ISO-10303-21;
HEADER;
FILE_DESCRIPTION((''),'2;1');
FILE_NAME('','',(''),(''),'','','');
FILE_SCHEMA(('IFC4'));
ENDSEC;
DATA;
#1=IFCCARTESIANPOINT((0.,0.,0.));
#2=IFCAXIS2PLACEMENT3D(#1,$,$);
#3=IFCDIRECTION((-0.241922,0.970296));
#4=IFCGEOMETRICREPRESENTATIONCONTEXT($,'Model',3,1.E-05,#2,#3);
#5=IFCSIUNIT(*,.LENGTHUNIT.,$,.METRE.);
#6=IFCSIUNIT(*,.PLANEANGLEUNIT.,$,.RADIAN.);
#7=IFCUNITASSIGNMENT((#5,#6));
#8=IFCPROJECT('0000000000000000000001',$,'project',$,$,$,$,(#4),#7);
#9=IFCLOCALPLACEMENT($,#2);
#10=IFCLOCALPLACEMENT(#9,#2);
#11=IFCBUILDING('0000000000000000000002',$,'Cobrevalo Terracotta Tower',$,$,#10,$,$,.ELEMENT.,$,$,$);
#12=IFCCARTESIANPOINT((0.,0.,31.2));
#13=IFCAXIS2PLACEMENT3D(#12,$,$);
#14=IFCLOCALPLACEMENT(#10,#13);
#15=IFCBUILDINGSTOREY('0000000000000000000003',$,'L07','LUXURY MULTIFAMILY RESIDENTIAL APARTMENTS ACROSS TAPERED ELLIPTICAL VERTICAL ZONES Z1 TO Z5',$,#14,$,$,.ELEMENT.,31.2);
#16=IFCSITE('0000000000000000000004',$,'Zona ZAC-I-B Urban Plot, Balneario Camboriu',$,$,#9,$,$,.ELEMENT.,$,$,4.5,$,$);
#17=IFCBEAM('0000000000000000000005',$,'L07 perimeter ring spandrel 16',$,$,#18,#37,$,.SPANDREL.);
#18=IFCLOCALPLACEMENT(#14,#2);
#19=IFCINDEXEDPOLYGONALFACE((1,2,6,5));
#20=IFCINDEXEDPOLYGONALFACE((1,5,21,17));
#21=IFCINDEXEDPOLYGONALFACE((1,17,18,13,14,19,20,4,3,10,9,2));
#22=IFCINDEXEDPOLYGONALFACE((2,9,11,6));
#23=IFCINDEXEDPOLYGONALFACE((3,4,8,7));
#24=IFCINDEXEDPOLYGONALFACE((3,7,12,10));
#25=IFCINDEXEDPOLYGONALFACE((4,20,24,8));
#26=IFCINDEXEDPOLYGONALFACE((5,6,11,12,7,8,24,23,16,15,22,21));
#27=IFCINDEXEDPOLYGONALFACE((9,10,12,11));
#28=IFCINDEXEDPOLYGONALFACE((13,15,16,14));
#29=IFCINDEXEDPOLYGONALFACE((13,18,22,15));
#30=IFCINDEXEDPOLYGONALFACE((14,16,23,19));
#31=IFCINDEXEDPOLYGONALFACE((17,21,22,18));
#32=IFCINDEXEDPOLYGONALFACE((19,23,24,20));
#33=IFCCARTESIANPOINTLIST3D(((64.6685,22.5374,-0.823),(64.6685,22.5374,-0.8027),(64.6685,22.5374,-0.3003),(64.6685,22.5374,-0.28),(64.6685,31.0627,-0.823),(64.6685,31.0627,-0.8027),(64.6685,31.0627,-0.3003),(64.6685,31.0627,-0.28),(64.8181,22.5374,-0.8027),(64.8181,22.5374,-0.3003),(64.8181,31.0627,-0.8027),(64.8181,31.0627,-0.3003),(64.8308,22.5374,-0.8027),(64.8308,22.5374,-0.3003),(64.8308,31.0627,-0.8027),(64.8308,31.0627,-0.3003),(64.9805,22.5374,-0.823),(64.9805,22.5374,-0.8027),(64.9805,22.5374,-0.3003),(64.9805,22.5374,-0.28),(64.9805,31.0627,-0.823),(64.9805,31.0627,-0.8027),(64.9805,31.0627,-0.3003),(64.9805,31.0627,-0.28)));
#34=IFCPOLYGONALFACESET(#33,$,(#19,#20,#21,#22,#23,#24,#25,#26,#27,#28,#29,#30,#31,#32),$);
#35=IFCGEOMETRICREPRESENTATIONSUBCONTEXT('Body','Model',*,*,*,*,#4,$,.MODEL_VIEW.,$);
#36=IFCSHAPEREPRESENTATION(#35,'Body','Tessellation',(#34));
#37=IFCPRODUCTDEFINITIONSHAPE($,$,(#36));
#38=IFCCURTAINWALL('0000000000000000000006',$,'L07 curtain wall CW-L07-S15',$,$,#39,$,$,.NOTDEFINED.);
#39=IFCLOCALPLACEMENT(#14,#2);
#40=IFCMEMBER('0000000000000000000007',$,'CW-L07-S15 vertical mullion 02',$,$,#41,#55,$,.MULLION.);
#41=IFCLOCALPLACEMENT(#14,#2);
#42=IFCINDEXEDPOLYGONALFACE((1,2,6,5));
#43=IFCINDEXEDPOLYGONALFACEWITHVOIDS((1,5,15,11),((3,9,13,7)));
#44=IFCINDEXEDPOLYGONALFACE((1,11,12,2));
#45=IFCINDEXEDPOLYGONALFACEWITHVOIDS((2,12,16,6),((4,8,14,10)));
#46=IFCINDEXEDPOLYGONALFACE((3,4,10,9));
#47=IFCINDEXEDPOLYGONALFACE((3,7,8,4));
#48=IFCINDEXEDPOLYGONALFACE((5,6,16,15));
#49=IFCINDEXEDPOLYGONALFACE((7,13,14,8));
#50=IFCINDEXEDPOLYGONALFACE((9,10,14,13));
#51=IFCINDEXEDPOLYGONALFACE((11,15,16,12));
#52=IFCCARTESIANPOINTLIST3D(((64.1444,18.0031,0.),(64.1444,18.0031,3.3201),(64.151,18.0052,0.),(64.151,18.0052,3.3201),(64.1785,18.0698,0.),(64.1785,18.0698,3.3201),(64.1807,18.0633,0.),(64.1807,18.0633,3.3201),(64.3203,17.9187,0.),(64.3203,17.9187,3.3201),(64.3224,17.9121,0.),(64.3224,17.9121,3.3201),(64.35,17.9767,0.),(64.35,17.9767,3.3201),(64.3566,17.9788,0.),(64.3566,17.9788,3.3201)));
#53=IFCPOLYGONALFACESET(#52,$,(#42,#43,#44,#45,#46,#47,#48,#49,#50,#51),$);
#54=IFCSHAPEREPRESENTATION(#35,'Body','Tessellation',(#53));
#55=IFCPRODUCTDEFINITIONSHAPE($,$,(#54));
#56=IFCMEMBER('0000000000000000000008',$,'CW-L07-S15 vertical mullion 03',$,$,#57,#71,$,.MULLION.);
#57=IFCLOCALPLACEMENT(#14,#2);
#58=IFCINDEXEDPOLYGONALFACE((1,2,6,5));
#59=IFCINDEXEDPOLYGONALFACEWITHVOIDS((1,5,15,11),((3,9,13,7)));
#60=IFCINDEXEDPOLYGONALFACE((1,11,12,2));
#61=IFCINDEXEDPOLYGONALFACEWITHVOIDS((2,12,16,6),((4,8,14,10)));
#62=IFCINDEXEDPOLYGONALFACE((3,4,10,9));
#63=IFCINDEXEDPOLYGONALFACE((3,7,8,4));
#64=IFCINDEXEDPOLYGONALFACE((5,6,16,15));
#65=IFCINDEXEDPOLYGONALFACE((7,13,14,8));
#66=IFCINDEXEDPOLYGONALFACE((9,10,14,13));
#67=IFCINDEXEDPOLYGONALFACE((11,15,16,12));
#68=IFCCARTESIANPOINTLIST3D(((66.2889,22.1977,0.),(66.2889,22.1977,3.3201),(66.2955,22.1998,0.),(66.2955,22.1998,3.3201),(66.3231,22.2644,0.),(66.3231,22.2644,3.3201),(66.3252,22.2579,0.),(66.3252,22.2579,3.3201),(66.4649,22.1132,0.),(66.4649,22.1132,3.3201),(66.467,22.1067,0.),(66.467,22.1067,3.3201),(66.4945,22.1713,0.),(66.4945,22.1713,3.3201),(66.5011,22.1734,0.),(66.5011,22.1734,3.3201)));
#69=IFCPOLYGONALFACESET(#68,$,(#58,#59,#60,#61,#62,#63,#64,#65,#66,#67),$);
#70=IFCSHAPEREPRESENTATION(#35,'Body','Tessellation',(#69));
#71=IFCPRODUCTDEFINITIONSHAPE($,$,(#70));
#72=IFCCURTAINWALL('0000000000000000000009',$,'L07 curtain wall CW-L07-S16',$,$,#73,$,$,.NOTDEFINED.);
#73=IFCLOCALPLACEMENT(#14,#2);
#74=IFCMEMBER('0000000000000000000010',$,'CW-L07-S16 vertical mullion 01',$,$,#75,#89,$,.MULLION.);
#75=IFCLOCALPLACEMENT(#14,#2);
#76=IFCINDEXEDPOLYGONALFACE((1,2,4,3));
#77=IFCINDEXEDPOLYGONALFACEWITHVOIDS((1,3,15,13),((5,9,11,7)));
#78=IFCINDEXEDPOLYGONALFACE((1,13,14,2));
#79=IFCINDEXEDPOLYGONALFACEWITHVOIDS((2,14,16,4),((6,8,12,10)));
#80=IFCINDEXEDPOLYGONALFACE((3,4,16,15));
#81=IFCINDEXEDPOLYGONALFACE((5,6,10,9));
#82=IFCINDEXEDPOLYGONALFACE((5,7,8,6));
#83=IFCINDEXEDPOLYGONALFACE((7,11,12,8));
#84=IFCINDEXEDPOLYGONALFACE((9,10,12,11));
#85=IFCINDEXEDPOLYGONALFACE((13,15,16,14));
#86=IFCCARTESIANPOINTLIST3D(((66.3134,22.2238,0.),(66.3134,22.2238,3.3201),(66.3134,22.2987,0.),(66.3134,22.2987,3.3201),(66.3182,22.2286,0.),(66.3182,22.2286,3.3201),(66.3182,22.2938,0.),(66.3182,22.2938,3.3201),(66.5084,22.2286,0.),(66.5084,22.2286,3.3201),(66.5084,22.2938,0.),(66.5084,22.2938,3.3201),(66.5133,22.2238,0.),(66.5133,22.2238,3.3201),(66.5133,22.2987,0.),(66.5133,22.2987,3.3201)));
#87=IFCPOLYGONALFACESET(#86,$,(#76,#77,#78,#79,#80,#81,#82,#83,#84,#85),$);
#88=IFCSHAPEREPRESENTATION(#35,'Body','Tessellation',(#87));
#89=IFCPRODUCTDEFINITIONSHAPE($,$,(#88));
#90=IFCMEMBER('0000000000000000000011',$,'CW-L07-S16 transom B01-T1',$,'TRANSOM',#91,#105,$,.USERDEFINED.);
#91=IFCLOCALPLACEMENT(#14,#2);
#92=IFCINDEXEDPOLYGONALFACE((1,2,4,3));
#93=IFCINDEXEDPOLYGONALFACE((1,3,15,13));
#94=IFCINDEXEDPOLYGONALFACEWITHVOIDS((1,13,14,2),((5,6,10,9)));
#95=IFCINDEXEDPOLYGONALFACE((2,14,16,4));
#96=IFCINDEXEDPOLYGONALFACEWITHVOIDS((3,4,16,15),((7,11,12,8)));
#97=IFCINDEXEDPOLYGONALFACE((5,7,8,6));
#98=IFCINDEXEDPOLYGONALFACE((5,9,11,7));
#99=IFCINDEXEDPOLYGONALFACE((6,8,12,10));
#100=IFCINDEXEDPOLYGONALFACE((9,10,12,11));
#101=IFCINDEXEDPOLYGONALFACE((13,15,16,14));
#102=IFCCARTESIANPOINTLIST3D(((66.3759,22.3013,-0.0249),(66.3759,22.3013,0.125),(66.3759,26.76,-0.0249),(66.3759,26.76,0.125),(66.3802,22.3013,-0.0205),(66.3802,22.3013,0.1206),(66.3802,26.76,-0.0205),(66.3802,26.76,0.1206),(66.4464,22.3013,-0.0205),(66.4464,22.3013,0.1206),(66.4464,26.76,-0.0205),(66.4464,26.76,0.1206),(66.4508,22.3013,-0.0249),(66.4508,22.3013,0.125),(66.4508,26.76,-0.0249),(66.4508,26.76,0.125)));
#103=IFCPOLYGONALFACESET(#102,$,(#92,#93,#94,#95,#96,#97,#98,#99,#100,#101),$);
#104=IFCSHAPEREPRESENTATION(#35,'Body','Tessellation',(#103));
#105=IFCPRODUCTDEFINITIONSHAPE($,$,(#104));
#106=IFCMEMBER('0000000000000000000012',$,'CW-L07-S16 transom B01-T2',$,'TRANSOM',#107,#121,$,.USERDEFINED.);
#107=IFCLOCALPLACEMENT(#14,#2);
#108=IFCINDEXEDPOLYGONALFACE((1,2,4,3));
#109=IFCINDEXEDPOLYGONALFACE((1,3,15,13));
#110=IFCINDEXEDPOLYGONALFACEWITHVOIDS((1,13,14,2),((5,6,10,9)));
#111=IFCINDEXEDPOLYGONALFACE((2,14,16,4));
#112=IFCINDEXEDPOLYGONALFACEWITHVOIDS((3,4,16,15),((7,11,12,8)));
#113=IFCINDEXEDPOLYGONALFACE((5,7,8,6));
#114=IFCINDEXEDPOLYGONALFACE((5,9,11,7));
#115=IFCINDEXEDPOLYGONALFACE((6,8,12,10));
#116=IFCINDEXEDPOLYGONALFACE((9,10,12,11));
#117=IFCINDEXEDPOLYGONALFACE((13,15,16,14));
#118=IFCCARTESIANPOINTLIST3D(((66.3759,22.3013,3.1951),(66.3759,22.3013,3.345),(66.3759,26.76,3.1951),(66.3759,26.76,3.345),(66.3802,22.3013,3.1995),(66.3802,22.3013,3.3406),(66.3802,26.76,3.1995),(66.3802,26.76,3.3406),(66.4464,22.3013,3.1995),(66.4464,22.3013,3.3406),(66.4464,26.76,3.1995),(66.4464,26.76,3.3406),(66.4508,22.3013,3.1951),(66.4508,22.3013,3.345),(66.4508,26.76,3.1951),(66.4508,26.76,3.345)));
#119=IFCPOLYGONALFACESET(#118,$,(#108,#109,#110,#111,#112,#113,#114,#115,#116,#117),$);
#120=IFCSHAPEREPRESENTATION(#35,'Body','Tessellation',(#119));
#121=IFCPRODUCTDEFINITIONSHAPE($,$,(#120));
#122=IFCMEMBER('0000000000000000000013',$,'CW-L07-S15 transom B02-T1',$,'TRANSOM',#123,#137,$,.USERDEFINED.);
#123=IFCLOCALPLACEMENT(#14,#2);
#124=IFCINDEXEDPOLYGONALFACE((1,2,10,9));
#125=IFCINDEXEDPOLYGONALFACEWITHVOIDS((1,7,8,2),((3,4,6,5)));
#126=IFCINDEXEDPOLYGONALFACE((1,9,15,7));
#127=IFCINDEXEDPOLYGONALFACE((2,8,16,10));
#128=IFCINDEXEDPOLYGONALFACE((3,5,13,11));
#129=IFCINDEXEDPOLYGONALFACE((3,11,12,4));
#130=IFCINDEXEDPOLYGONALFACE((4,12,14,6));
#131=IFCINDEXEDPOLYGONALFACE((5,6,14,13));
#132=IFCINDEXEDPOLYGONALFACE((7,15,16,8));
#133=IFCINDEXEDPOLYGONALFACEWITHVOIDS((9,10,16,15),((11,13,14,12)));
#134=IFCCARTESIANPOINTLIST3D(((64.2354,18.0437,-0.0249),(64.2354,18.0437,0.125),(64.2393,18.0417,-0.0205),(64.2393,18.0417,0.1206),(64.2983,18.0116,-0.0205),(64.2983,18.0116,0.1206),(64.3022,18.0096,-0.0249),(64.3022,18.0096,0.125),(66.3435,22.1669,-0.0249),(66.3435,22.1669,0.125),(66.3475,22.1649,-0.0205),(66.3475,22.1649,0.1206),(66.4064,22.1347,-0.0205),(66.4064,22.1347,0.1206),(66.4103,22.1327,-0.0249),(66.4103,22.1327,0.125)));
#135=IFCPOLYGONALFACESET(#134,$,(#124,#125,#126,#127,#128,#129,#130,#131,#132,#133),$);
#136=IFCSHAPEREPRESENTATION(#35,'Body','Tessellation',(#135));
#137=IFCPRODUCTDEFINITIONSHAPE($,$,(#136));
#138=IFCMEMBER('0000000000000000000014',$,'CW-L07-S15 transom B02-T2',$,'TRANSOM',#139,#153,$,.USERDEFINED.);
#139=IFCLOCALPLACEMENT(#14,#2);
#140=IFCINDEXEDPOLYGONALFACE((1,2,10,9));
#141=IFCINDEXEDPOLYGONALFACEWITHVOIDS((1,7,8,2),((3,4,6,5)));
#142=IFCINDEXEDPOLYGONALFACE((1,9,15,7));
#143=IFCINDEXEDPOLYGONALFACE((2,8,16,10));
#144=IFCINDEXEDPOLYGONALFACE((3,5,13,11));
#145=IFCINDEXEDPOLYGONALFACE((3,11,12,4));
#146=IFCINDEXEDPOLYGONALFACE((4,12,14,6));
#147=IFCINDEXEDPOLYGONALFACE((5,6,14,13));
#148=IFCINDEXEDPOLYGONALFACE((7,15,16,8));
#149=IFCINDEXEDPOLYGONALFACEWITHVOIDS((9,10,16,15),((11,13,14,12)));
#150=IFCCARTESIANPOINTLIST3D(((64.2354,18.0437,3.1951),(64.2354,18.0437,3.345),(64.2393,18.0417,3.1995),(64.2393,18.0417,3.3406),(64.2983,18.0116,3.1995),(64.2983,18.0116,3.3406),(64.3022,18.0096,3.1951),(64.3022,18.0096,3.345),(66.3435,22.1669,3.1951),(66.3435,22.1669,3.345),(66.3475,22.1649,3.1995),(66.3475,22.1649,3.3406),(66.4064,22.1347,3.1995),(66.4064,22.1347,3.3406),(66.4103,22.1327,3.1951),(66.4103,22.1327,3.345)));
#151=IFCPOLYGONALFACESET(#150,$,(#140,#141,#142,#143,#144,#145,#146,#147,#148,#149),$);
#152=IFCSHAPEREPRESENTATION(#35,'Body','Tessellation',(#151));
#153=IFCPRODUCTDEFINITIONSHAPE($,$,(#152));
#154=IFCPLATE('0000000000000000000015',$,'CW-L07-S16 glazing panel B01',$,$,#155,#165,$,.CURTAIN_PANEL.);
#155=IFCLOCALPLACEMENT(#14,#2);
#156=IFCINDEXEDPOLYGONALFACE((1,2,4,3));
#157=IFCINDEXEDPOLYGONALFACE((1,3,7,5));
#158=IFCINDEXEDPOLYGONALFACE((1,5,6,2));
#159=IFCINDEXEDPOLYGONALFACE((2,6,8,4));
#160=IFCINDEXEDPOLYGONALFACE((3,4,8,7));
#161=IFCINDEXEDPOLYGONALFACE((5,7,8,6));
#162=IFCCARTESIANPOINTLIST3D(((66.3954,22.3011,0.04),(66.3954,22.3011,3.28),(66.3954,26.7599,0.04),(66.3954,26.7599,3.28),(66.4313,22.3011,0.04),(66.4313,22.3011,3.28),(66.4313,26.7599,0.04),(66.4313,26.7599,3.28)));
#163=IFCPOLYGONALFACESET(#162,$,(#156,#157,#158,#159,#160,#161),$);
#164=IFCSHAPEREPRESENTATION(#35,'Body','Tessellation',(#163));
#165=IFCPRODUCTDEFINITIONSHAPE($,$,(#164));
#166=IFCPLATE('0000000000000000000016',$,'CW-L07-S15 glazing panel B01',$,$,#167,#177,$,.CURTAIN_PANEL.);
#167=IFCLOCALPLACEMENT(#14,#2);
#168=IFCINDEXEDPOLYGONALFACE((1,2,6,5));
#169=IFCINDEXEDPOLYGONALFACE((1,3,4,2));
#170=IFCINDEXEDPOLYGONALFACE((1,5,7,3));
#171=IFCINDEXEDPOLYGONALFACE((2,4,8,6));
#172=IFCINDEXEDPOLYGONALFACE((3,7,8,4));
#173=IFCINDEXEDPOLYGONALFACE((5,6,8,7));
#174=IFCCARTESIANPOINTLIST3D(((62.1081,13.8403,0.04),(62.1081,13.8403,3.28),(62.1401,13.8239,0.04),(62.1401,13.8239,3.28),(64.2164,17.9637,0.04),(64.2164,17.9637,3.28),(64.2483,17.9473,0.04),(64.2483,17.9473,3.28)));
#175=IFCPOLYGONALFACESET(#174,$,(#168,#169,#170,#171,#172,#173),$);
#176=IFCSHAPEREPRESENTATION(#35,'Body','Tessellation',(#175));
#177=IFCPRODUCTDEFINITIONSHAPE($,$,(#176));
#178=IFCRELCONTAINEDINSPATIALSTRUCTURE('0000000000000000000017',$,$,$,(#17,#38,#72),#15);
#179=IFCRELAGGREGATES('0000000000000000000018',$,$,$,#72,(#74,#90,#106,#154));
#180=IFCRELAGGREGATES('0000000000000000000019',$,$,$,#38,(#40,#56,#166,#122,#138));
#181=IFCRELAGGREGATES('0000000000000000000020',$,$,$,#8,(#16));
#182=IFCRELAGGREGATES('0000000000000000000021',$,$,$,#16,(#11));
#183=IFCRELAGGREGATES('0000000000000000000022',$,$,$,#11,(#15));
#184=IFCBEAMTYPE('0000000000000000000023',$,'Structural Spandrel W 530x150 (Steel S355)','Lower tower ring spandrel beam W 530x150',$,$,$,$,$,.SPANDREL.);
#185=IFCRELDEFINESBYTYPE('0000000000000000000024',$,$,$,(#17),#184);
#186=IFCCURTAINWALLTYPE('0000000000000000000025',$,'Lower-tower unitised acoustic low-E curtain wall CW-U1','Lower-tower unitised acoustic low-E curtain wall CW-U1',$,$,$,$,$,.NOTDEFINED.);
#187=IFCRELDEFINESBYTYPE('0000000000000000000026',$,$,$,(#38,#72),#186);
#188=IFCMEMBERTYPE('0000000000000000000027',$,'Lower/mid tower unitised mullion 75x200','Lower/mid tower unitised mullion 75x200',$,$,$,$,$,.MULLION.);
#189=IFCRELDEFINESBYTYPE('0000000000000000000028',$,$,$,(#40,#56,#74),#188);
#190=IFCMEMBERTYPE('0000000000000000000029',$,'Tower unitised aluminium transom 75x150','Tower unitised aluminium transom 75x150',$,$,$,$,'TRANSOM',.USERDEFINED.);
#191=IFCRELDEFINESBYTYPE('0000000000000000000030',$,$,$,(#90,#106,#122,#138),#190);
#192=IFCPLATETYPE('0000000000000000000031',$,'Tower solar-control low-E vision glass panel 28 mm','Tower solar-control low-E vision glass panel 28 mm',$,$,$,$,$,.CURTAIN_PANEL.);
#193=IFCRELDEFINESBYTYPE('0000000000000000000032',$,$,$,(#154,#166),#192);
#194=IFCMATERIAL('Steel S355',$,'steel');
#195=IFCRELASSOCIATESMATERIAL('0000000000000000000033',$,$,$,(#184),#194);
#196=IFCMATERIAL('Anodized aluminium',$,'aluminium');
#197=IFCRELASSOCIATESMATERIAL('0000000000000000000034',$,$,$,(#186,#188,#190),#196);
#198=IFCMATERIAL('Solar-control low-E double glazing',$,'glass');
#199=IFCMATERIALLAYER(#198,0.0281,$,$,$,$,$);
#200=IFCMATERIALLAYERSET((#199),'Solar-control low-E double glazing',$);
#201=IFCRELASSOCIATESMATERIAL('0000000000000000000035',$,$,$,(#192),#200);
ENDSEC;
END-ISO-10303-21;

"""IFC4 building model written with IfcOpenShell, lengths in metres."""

from ifc_helpers import new_model, si_unit, direction, frame, origin, origin_2d, place, context, subcontext, project, spatial, rectangle, hollow_rectangle, i_section, extrude, source, transform, mapped, material, layer, layer_set, material_profile, profile_set, type_object, element, aggregate, save


model = new_model("IFC4")

# Units and contexts
model_context = context("Model", 3, precision=1e-05, world=origin(), true_north=direction((-0.241922, 0.970296)))
body_context = subcontext(model_context, "Body", "Model", "MODEL_VIEW")
ifc_project = project(units=[si_unit("LENGTHUNIT", "METRE"), si_unit("PLANEANGLEUNIT", "RADIAN")], contexts=[model_context])

# Site, building, storey
site_placement = place(None, origin())
site = spatial("IfcSite", under=ifc_project, at=site_placement, Name="Zona ZAC-I-B Urban Plot, Balneario Camboriu", CompositionType="ELEMENT", RefElevation=4.5)
building_placement = place(site_placement, origin())
building = spatial("IfcBuilding", under=site, at=building_placement, Name="Cobrevalo Terracotta Tower", CompositionType="ELEMENT")
storey_placement = place(building_placement, frame((0.0, 0.0, 31.2)))
storey = spatial("IfcBuildingStorey", under=building, at=storey_placement, Name="L07", Description="LUXURY MULTIFAMILY RESIDENTIAL APARTMENTS ACROSS TAPERED ELLIPTICAL VERTICAL ZONES Z1 TO Z5", CompositionType="ELEMENT", Elevation=31.2)

# Shared definitions
ifc_material_1 = material(Name="Steel S355", Category="steel")

# Beam
ifc_material_profile_1 = material_profile(ifc_material_1, i_section(OverallWidth=0.312, OverallDepth=0.543, WebThickness=0.0127, FlangeThickness=0.0203, at=origin_2d()), Name="W 530x150")
ifc_profile_set_1 = profile_set([ifc_material_profile_1], Name="Steel S355")
beam_type_1 = type_object("IfcBeamType", Name="Structural Spandrel W 530x150 (Steel S355)", Description="Lower tower ring spandrel beam W 530x150", PredefinedType="SPANDREL", material=ifc_profile_set_1)
beam_1_placement = place(storey_placement, frame((64.8245, 22.5374, -0.5515), z_axis=(0.0, 1.0, 0.0), x_axis=(-1.0, 0.0, 0.0)))
element("IfcBeam", 1, at=beam_1_placement, inside=storey, type_object=beam_type_1, Name="L07 perimeter ring spandrel 16", PredefinedType="SPANDREL", context=body_context, shape_type="SweptSolid", body=[
    extrude(i_section(OverallWidth=0.312, OverallDepth=0.543, WebThickness=0.0127, FlangeThickness=0.0203, at=origin_2d()), origin(), (0.0, 0.0, 1.0), 8.5254),
])

# Curtain walls, members
ifc_material_2 = material(Name="Anodized aluminium", Category="aluminium")
curtain_wall_type = type_object("IfcCurtainWallType", Name="Lower-tower unitised acoustic low-E curtain wall CW-U1", Description="Lower-tower unitised acoustic low-E curtain wall CW-U1", PredefinedType="NOTDEFINED", material=ifc_material_2)
curtain_wall_1_placement = place(storey_placement, origin())
curtain_wall_1 = element("IfcCurtainWall", 2, at=curtain_wall_1_placement, inside=storey, type_object=curtain_wall_type, Name="L07 curtain wall CW-L07-S15", PredefinedType="NOTDEFINED")
ifc_material_profile_2 = material_profile(ifc_material_2, hollow_rectangle(XDim=0.075, YDim=0.2, WallThickness=0.0049, at=origin_2d()), Name="CWM 75x200")
ifc_profile_set_2 = profile_set([ifc_material_profile_2], Name="Anodized aluminium")
member_type_1 = type_object("IfcMemberType", Name="Lower/mid tower unitised mullion 75x200", Description="Lower/mid tower unitised mullion 75x200", PredefinedType="MULLION", material=ifc_profile_set_2)
shared_shape_1 = source(origin(), body_context, "Body", "SweptSolid", [
    extrude(hollow_rectangle(XDim=0.075, YDim=0.2, WallThickness=0.0049, at=origin_2d()), origin(), (0.0, 0.0, 1.0), 3.3201),
])
member_1_placement = place(storey_placement, frame((64.2505, 17.991, 0.0), z_axis=(0.0, 0.0, 1.0), x_axis=(0.455234, 0.890372, 0.0)))
member_1 = element("IfcMember", 3, at=member_1_placement, type_object=member_type_1, Name="CW-L07-S15 vertical mullion 02", PredefinedType="MULLION", context=body_context, shape_type="MappedRepresentation", body=[
    mapped(shared_shape_1, transform((0.0, 0.0, 0.0), scale=1.0)),
])
member_2_placement = place(storey_placement, frame((66.395, 22.1855, 0.0), z_axis=(0.0, 0.0, 1.0), x_axis=(0.455234, 0.890372, 0.0)))
member_2 = element("IfcMember", 4, at=member_2_placement, type_object=member_type_1, Name="CW-L07-S15 vertical mullion 03", PredefinedType="MULLION", context=body_context, shape_type="MappedRepresentation", body=[
    mapped(shared_shape_1, transform((0.0, 0.0, 0.0), scale=1.0)),
])
curtain_wall_2_placement = place(storey_placement, origin())
curtain_wall_2 = element("IfcCurtainWall", 5, at=curtain_wall_2_placement, inside=storey, type_object=curtain_wall_type, Name="L07 curtain wall CW-L07-S16", PredefinedType="NOTDEFINED")
member_3_placement = place(storey_placement, frame((66.4133, 22.2612, 0.0), z_axis=(0.0, 0.0, 1.0), x_axis=(0.0, 1.0, 0.0)))
member_3 = element("IfcMember", 6, at=member_3_placement, type_object=member_type_1, Name="CW-L07-S16 vertical mullion 01", PredefinedType="MULLION", context=body_context, shape_type="MappedRepresentation", body=[
    mapped(shared_shape_1, transform((0.0, 0.0, 0.0), scale=1.0)),
])
ifc_material_profile_3 = material_profile(ifc_material_2, hollow_rectangle(XDim=0.075, YDim=0.1499, WallThickness=0.0044, at=origin_2d()), Name="CWT 75x150")
ifc_profile_set_3 = profile_set([ifc_material_profile_3], Name="Anodized aluminium")
member_type_2 = type_object("IfcMemberType", Name="Tower unitised aluminium transom 75x150", Description="Tower unitised aluminium transom 75x150", ElementType="TRANSOM", PredefinedType="USERDEFINED", material=ifc_profile_set_3)
shared_shape_2 = source(origin(), body_context, "Body", "SweptSolid", [
    extrude(hollow_rectangle(XDim=0.075, YDim=0.1499, WallThickness=0.0044, at=origin_2d()), origin(), (0.0, 0.0, 1.0), 4.4587),
])
member_4_placement = place(storey_placement, frame((66.4133, 22.3013, 0.05), z_axis=(0.0, 1.0, 0.0), x_axis=(-1.0, 0.0, 0.0)))
member_4 = element("IfcMember", 7, at=member_4_placement, type_object=member_type_2, Name="CW-L07-S16 transom B01-T1", ObjectType="TRANSOM", PredefinedType="USERDEFINED", context=body_context, shape_type="MappedRepresentation", body=[
    mapped(shared_shape_2, transform((0.0, 0.0, 0.0), scale=1.0)),
])
member_5_placement = place(storey_placement, frame((66.4133, 22.3013, 3.27), z_axis=(0.0, 1.0, 0.0), x_axis=(-1.0, 0.0, 0.0)))
member_5 = element("IfcMember", 8, at=member_5_placement, type_object=member_type_2, Name="CW-L07-S16 transom B01-T2", ObjectType="TRANSOM", PredefinedType="USERDEFINED", context=body_context, shape_type="MappedRepresentation", body=[
    mapped(shared_shape_2, transform((0.0, 0.0, 0.0), scale=1.0)),
])

# Members
shared_shape_3 = source(origin(), body_context, "Body", "SweptSolid", [
    extrude(hollow_rectangle(XDim=0.075, YDim=0.1499, WallThickness=0.0044, at=origin_2d()), origin(), (0.0, 0.0, 1.0), 4.6309),
])
member_6_placement = place(storey_placement, frame((64.2688, 18.0266, 0.05), z_axis=(0.45523, 0.890374, 0.0), x_axis=(-0.890374, 0.45523, 0.0)))
member_6 = element("IfcMember", 9, at=member_6_placement, type_object=member_type_2, Name="CW-L07-S15 transom B02-T1", ObjectType="TRANSOM", PredefinedType="USERDEFINED", context=body_context, shape_type="MappedRepresentation", body=[
    mapped(shared_shape_3, transform((0.0, 0.0, 0.0), scale=1.0)),
])
member_7_placement = place(storey_placement, frame((64.2688, 18.0266, 3.27), z_axis=(0.45523, 0.890374, 0.0), x_axis=(-0.890374, 0.45523, 0.0)))
member_7 = element("IfcMember", 10, at=member_7_placement, type_object=member_type_2, Name="CW-L07-S15 transom B02-T2", ObjectType="TRANSOM", PredefinedType="USERDEFINED", context=body_context, shape_type="MappedRepresentation", body=[
    mapped(shared_shape_3, transform((0.0, 0.0, 0.0), scale=1.0)),
])

# Plates
ifc_material_3 = material(Name="Solar-control low-E double glazing", Category="glass")
ifc_layer_1 = layer(ifc_material_3, 0.0281)
ifc_layer_set_1 = layer_set([ifc_layer_1], Name="Solar-control low-E double glazing")
plate_type = type_object("IfcPlateType", Name="Tower solar-control low-E vision glass panel 28 mm", Description="Tower solar-control low-E vision glass panel 28 mm", PredefinedType="CURTAIN_PANEL", material=ifc_layer_set_1)
shared_shape_4 = source(origin(), body_context, "Body", "SweptSolid", [
    extrude(rectangle(XDim=4.4587, YDim=0.0359, at=origin_2d()), origin(), (0.0, 0.0, 1.0), 3.24),
])
plate_1_placement = place(storey_placement, frame((66.4133, 24.5305, 0.04), z_axis=(0.0, 0.0, 1.0), x_axis=(0.0, 1.0, 0.0)))
plate_1 = element("IfcPlate", 11, at=plate_1_placement, type_object=plate_type, Name="CW-L07-S16 glazing panel B01", PredefinedType="CURTAIN_PANEL", context=body_context, shape_type="MappedRepresentation", body=[
    mapped(shared_shape_4, transform((0.0, 0.0, 0.0), scale=1.0)),
])
aggregate(curtain_wall_2, [member_3, member_4, member_5, plate_1])
shared_shape_5 = source(origin(), body_context, "Body", "SweptSolid", [
    extrude(rectangle(XDim=4.6311, YDim=0.0359, at=origin_2d()), origin(), (0.0, 0.0, 1.0), 3.24),
])
plate_2_placement = place(storey_placement, frame((63.1782, 15.8938, 0.04), z_axis=(0.0, 0.0, 1.0), x_axis=(0.455231, 0.890373, 0.0)))
plate_2 = element("IfcPlate", 12, at=plate_2_placement, type_object=plate_type, Name="CW-L07-S15 glazing panel B01", PredefinedType="CURTAIN_PANEL", context=body_context, shape_type="MappedRepresentation", body=[
    mapped(shared_shape_5, transform((0.0, 0.0, 0.0), scale=1.0)),
])
aggregate(curtain_wall_1, [member_1, member_2, plate_2, member_6, member_7])

save(model, "model.ifc")
